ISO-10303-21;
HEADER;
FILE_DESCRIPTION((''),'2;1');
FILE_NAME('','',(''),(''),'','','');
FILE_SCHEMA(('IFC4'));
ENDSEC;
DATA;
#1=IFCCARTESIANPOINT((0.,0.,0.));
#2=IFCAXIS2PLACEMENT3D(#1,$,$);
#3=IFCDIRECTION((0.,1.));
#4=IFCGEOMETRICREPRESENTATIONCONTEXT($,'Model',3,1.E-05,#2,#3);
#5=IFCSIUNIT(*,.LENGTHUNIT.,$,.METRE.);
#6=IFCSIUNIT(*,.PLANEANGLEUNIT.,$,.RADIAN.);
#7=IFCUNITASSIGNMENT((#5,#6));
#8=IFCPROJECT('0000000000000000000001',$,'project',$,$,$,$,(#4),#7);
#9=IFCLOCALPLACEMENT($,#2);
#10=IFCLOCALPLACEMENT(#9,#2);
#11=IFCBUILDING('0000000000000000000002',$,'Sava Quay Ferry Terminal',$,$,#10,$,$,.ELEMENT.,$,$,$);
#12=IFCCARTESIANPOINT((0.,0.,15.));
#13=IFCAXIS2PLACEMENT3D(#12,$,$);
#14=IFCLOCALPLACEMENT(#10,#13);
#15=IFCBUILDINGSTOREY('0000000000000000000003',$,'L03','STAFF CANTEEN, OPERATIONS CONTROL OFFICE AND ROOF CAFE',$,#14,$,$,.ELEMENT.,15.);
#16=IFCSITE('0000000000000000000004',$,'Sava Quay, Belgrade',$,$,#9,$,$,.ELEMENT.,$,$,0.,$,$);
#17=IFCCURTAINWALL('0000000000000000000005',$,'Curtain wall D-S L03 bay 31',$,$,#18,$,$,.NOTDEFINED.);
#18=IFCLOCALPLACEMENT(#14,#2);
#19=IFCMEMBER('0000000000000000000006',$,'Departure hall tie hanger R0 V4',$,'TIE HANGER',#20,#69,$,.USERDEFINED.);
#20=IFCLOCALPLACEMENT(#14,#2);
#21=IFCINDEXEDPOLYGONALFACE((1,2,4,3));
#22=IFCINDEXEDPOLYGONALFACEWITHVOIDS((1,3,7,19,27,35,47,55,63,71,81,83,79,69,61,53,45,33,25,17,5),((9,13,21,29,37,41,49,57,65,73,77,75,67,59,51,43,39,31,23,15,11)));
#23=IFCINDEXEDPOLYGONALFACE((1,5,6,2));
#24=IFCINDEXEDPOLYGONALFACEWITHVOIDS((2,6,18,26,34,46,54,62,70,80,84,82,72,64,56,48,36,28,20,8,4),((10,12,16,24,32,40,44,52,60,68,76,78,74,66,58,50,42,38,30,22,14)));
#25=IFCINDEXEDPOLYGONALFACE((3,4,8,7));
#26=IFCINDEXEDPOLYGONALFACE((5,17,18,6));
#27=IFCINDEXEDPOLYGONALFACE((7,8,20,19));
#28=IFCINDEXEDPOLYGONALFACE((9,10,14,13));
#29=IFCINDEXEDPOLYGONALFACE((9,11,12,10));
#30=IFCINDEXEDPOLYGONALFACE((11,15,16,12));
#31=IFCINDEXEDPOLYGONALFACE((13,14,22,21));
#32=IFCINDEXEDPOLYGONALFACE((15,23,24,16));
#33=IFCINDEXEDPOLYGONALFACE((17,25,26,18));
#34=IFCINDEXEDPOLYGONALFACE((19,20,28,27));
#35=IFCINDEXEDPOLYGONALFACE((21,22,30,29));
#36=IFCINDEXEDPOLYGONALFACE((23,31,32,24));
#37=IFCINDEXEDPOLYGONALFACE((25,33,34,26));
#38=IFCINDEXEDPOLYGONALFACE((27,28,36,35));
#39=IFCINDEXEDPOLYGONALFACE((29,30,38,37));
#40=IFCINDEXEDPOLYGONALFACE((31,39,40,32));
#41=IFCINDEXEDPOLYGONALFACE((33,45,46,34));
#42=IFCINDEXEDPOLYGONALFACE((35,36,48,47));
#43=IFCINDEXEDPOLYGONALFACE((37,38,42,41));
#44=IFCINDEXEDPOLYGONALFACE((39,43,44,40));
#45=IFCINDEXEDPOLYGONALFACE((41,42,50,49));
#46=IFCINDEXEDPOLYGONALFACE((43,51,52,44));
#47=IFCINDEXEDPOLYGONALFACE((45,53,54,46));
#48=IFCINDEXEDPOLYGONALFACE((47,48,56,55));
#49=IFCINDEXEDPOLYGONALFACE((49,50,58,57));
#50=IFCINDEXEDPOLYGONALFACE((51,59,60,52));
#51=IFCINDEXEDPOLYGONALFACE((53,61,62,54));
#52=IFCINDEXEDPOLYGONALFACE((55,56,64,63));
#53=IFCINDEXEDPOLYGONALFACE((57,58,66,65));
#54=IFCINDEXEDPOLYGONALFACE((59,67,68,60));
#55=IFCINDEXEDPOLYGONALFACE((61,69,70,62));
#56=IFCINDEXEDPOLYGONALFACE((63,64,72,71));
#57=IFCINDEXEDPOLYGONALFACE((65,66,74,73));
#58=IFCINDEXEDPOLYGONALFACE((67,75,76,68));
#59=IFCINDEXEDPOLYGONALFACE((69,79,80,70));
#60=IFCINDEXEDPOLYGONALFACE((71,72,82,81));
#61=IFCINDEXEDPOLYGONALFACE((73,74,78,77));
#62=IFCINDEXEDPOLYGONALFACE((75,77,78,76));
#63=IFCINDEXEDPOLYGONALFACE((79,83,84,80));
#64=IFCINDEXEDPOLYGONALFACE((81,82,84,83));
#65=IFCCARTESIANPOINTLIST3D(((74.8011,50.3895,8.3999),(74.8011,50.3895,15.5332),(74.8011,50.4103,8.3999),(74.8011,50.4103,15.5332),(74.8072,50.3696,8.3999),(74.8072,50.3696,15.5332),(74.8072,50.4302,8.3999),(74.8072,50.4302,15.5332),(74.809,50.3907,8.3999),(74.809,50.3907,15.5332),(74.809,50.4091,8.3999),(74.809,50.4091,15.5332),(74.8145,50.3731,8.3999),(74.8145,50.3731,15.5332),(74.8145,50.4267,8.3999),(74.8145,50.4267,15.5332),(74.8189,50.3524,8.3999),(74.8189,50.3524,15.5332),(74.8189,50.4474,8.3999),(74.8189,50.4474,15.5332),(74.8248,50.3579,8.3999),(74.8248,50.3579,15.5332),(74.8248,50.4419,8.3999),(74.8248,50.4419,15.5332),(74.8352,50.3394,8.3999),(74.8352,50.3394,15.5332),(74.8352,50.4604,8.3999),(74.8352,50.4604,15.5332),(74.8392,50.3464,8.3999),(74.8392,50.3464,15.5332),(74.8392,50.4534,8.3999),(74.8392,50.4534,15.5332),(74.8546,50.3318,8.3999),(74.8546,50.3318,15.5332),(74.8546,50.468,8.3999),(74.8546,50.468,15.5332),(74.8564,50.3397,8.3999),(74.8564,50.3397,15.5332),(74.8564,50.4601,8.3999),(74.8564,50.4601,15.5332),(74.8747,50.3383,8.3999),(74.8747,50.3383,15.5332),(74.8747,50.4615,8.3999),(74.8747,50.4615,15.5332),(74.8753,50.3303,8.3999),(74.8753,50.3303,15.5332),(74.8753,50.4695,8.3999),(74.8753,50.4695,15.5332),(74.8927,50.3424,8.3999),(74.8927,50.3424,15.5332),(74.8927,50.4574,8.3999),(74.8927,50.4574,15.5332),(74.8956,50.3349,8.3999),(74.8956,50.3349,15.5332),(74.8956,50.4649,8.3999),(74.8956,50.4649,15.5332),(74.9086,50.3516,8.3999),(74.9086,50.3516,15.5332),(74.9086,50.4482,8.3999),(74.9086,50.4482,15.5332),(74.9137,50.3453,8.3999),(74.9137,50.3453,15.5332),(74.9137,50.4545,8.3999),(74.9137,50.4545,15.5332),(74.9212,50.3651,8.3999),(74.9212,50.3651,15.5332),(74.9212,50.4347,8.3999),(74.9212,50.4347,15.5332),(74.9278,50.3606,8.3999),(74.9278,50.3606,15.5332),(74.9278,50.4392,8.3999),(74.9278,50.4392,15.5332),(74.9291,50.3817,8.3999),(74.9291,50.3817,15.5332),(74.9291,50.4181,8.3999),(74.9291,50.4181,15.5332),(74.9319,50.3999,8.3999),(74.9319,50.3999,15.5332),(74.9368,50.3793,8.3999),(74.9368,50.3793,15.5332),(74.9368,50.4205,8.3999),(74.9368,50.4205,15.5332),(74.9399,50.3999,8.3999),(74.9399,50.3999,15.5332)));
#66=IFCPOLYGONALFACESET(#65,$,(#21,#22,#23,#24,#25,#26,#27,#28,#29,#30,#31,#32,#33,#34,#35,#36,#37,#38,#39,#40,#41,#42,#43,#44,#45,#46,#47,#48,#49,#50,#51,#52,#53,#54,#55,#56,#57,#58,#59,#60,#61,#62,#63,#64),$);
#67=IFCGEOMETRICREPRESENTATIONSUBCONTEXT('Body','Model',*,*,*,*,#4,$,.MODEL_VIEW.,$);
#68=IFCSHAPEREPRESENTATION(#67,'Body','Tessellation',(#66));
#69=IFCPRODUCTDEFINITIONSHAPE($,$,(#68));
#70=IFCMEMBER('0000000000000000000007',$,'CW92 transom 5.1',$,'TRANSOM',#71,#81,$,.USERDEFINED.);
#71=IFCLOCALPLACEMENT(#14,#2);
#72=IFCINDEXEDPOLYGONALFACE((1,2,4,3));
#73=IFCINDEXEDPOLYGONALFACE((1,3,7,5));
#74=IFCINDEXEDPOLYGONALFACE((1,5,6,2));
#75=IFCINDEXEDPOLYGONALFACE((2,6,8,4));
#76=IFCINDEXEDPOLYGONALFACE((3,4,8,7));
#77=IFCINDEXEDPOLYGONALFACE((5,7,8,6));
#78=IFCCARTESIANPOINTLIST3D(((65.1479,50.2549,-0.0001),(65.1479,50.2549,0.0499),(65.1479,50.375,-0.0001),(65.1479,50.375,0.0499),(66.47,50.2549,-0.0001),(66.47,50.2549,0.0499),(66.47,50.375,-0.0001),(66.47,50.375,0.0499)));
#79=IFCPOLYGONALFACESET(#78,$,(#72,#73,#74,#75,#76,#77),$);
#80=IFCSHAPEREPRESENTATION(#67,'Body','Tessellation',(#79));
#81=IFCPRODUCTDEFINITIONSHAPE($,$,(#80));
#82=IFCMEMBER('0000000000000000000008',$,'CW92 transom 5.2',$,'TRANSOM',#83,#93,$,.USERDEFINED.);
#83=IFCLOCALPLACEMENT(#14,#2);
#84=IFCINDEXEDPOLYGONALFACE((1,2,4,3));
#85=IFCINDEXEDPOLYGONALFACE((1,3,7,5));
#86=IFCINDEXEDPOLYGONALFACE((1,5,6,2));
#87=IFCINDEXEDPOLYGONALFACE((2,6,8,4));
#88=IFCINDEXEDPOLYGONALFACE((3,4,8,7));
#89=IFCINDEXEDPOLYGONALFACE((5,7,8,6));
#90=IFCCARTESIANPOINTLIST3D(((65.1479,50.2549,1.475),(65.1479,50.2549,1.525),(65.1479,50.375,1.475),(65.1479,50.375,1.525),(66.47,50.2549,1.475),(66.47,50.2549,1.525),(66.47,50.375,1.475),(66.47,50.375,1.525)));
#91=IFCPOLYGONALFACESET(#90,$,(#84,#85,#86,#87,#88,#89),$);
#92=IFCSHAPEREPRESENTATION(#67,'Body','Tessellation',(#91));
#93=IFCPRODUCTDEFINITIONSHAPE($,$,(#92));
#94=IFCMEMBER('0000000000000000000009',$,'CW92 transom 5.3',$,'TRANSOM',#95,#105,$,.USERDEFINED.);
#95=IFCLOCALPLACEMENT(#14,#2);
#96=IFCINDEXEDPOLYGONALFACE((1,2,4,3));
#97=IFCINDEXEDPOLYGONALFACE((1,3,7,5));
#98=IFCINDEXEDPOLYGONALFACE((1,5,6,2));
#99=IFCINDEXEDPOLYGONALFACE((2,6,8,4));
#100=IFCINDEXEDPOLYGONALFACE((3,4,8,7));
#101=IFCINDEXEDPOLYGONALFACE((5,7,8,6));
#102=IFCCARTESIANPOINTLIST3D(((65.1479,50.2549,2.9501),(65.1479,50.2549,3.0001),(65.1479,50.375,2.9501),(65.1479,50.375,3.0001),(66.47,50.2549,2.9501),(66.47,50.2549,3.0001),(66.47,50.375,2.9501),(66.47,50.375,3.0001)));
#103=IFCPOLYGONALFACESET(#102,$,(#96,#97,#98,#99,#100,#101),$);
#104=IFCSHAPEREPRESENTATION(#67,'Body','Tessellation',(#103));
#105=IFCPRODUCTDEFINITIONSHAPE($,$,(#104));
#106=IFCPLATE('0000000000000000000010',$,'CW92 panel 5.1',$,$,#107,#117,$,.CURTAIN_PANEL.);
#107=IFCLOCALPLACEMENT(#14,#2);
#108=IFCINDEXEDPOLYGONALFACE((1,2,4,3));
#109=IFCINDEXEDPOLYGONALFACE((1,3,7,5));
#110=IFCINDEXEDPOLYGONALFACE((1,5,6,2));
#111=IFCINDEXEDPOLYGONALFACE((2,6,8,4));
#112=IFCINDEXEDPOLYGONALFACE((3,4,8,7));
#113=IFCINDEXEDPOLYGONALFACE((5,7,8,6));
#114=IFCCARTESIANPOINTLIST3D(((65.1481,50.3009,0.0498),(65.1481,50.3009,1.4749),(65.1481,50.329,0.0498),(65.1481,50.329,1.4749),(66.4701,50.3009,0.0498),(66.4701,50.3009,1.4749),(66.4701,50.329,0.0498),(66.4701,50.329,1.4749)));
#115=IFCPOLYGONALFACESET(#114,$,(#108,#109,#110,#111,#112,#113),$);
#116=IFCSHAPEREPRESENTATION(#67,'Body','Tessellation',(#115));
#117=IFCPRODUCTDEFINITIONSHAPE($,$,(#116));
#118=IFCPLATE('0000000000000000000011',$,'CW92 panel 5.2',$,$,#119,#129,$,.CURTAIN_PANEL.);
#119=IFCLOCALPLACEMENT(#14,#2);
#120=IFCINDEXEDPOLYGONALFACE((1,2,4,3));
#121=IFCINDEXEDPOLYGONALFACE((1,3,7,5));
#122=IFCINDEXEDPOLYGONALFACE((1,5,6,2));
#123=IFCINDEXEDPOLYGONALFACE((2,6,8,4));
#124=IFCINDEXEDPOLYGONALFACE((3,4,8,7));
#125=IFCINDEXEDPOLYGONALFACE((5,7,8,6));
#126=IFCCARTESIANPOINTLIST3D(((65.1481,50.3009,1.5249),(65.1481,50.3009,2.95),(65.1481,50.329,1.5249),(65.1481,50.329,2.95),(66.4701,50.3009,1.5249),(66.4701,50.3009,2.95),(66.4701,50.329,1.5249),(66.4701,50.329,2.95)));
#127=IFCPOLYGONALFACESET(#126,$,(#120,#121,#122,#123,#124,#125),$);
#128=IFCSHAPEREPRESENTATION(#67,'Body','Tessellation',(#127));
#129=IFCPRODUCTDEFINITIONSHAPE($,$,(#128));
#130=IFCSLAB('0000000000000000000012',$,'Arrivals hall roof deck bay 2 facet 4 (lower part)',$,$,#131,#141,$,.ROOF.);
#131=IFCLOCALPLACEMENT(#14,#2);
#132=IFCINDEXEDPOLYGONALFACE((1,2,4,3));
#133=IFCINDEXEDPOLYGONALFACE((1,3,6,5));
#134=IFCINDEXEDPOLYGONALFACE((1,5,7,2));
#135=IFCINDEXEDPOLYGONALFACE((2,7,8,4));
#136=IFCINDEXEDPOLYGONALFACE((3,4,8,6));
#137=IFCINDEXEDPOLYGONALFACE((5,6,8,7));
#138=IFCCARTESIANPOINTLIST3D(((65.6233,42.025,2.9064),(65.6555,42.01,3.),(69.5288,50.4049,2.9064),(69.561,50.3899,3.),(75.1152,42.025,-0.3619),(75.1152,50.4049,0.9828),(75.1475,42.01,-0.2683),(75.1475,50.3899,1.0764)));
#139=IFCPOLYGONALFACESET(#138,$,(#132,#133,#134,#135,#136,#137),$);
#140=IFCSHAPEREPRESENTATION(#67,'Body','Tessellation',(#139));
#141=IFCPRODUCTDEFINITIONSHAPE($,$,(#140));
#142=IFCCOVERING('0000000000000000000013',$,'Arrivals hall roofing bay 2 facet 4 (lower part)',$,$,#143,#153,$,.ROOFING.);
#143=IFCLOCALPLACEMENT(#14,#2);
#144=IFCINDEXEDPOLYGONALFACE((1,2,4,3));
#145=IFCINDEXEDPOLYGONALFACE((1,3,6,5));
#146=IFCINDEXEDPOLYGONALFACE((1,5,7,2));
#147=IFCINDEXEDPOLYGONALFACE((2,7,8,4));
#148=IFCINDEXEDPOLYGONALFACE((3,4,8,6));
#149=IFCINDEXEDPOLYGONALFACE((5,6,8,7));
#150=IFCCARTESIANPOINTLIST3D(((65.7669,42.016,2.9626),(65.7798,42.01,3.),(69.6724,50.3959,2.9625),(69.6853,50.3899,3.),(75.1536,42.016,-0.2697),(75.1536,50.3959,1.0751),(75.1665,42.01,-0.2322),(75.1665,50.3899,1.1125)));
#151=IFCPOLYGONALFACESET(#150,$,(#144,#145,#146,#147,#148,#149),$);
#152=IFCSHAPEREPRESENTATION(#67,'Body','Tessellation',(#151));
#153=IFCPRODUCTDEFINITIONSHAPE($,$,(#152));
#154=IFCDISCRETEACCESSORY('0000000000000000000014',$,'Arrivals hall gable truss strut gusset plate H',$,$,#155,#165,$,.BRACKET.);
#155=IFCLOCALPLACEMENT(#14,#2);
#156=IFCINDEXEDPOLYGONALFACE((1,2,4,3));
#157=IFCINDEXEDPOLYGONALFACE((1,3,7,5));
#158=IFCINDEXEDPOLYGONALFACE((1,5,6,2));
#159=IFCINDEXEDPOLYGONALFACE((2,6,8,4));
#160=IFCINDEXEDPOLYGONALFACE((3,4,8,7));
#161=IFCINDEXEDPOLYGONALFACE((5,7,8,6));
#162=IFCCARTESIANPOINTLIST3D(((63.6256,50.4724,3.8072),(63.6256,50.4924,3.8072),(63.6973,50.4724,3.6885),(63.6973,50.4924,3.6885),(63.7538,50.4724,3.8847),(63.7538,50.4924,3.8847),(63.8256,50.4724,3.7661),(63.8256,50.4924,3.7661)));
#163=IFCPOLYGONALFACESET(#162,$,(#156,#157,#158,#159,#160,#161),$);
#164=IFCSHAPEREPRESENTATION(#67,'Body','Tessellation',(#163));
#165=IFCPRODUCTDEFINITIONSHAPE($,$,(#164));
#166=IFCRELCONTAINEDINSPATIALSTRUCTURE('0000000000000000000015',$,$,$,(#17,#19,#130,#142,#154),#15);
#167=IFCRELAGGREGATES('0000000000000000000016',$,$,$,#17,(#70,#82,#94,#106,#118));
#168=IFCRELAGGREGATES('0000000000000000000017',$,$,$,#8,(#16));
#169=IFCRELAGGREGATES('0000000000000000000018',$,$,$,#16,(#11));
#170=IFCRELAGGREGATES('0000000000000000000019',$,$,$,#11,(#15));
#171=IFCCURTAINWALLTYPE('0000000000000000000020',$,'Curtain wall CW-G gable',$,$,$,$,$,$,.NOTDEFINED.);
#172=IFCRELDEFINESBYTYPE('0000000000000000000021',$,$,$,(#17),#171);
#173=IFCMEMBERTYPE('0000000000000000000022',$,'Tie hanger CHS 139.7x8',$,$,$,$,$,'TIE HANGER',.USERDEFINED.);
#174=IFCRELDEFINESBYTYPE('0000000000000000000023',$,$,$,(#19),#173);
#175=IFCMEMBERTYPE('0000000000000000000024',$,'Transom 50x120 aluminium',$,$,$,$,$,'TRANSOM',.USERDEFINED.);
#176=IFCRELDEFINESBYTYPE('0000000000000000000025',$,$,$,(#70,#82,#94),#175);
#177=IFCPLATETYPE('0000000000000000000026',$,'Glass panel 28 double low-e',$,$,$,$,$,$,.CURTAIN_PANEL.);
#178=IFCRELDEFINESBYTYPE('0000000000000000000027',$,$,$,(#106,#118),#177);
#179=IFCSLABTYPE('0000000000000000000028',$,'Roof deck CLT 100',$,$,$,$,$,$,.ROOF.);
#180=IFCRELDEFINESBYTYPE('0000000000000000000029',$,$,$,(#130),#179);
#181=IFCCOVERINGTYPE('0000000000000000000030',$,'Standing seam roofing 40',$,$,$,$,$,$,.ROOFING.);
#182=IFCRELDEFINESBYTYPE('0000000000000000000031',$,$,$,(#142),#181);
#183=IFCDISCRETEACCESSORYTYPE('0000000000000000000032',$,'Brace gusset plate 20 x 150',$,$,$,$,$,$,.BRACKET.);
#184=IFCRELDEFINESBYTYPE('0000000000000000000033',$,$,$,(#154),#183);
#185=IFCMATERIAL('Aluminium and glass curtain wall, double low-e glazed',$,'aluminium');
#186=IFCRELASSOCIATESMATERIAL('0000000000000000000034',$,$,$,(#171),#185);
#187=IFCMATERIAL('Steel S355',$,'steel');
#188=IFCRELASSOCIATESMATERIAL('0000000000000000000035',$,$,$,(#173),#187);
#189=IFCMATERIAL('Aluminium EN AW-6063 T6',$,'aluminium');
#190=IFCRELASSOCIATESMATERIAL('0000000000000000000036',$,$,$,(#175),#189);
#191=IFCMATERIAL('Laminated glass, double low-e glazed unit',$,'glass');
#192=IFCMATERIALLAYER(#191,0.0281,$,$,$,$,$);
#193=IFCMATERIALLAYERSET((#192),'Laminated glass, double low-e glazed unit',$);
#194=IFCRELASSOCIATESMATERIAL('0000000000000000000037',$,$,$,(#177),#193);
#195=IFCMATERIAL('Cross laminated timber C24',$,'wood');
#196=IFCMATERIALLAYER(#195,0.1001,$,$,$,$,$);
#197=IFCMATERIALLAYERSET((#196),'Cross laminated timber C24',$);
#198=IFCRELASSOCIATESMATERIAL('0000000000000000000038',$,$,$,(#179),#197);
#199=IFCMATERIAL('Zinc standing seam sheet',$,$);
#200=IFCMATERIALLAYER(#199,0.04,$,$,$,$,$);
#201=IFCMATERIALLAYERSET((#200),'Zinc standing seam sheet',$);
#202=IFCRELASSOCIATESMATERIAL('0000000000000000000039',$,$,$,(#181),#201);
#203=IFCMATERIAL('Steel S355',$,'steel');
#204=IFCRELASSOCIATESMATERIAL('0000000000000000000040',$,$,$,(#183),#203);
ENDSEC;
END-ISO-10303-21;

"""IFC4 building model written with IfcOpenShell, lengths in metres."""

from ifc_helpers import new_model, si_unit, direction, frame, origin, origin_2d, place, context, subcontext, project, spatial, polyline, rectangle, hollow_circle, outline, extrude, material, layer, layer_set, material_profile, profile_set, type_object, element, aggregate, save


model = new_model("IFC4")

# Units and contexts
model_context = context("Model", 3, precision=1e-05, world=origin(), true_north=direction((0.0, 1.0)))
body_context = subcontext(model_context, "Body", "Model", "MODEL_VIEW")
ifc_project = project(units=[si_unit("LENGTHUNIT", "METRE"), si_unit("PLANEANGLEUNIT", "RADIAN")], contexts=[model_context])

# Site, building, storey
site_placement = place(None, origin())
site = spatial("IfcSite", under=ifc_project, at=site_placement, Name="Sava Quay, Belgrade", CompositionType="ELEMENT", RefElevation=0.0)
building_placement = place(site_placement, origin())
building = spatial("IfcBuilding", under=site, at=building_placement, Name="Sava Quay Ferry Terminal", CompositionType="ELEMENT")
storey_placement = place(building_placement, frame((0.0, 0.0, 15.0)))
storey = spatial("IfcBuildingStorey", under=building, at=storey_placement, Name="L03", Description="STAFF CANTEEN, OPERATIONS CONTROL OFFICE AND ROOF CAFE", CompositionType="ELEMENT", Elevation=15.0)

# Curtain wall
ifc_material_1 = material(Name="Aluminium and glass curtain wall, double low-e glazed", Category="aluminium")
curtain_wall_type = type_object("IfcCurtainWallType", Name="Curtain wall CW-G gable", PredefinedType="NOTDEFINED", material=ifc_material_1)
curtain_wall_placement = place(storey_placement, origin())
curtain_wall = element("IfcCurtainWall", 1, at=curtain_wall_placement, inside=storey, type_object=curtain_wall_type, Name="Curtain wall D-S L03 bay 31", PredefinedType="NOTDEFINED")

# Member
ifc_material_2 = material(Name="Steel S355", Category="steel")
ifc_material_profile_1 = material_profile(ifc_material_2, hollow_circle(Radius=0.0698, WallThickness=0.0081, at=origin_2d()), Name="CHS 139.7 x 8.0")
ifc_profile_set_1 = profile_set([ifc_material_profile_1], Name="Steel S355")
member_type_1 = type_object("IfcMemberType", Name="Tie hanger CHS 139.7x8", ElementType="TIE HANGER", PredefinedType="USERDEFINED", material=ifc_profile_set_1)
member_1_placement = place(storey_placement, frame((74.8701, 50.3999, 8.3999), z_axis=(0.0, 0.0, 1.0), x_axis=(1.0, 0.0, 0.0)))
element("IfcMember", 2, at=member_1_placement, inside=storey, type_object=member_type_1, Name="Departure hall tie hanger R0 V4", ObjectType="TIE HANGER", PredefinedType="USERDEFINED", context=body_context, shape_type="SweptSolid", body=[
    extrude(hollow_circle(Radius=0.0698, WallThickness=0.0081, at=origin_2d()), origin(), (0.0, 0.0, 1.0), 7.1333),
])

# Members
ifc_material_3 = material(Name="Aluminium EN AW-6063 T6", Category="aluminium")
ifc_material_profile_2 = material_profile(ifc_material_3, rectangle(XDim=0.1201, YDim=0.05, at=origin_2d()), Name="Transom 50x120 aluminium")
ifc_profile_set_2 = profile_set([ifc_material_profile_2], Name="Aluminium EN AW-6063 T6")
member_type_2 = type_object("IfcMemberType", Name="Transom 50x120 aluminium", ElementType="TRANSOM", PredefinedType="USERDEFINED", material=ifc_profile_set_2)
member_2_placement = place(storey_placement, frame((65.1479, 50.3149, 0.0249), z_axis=(1.0, 0.0, 0.0), x_axis=(0.0, 1.0, 0.0)))
member_2 = element("IfcMember", 3, at=member_2_placement, type_object=member_type_2, Name="CW92 transom 5.1", ObjectType="TRANSOM", PredefinedType="USERDEFINED", context=body_context, shape_type="SweptSolid", body=[
    extrude(rectangle(XDim=0.1201, YDim=0.05, at=origin_2d()), origin(), (0.0, 0.0, 1.0), 1.322),
])
member_3_placement = place(storey_placement, frame((65.1479, 50.3149, 1.5), z_axis=(1.0, 0.0, 0.0), x_axis=(0.0, 1.0, 0.0)))
member_3 = element("IfcMember", 4, at=member_3_placement, type_object=member_type_2, Name="CW92 transom 5.2", ObjectType="TRANSOM", PredefinedType="USERDEFINED", context=body_context, shape_type="SweptSolid", body=[
    extrude(rectangle(XDim=0.1201, YDim=0.05, at=origin_2d()), origin(), (0.0, 0.0, 1.0), 1.322),
])
member_4_placement = place(storey_placement, frame((65.1479, 50.3149, 2.9751), z_axis=(1.0, 0.0, 0.0), x_axis=(0.0, 1.0, 0.0)))
member_4 = element("IfcMember", 5, at=member_4_placement, type_object=member_type_2, Name="CW92 transom 5.3", ObjectType="TRANSOM", PredefinedType="USERDEFINED", context=body_context, shape_type="SweptSolid", body=[
    extrude(rectangle(XDim=0.1201, YDim=0.05, at=origin_2d()), origin(), (0.0, 0.0, 1.0), 1.322),
])

# Plates
ifc_material_4 = material(Name="Laminated glass, double low-e glazed unit", Category="glass")
ifc_layer_1 = layer(ifc_material_4, 0.0281)
ifc_layer_set_1 = layer_set([ifc_layer_1], Name="Laminated glass, double low-e glazed unit")
plate_type = type_object("IfcPlateType", Name="Glass panel 28 double low-e", PredefinedType="CURTAIN_PANEL", material=ifc_layer_set_1)
plate_1_placement = place(storey_placement, frame((65.8091, 50.3149, 0.0498), z_axis=(0.0, 0.0, 1.0), x_axis=(1.0, 0.0, 0.0)))
plate_1 = element("IfcPlate", 6, at=plate_1_placement, type_object=plate_type, Name="CW92 panel 5.1", PredefinedType="CURTAIN_PANEL", context=body_context, shape_type="SweptSolid", body=[
    extrude(rectangle(XDim=1.322, YDim=0.0281, at=origin_2d()), origin(), (0.0, 0.0, 1.0), 1.425),
])
plate_2_placement = place(storey_placement, frame((65.8091, 50.3149, 1.5249), z_axis=(0.0, 0.0, 1.0), x_axis=(1.0, 0.0, 0.0)))
plate_2 = element("IfcPlate", 7, at=plate_2_placement, type_object=plate_type, Name="CW92 panel 5.2", PredefinedType="CURTAIN_PANEL", context=body_context, shape_type="SweptSolid", body=[
    extrude(rectangle(XDim=1.322, YDim=0.0281, at=origin_2d()), origin(), (0.0, 0.0, 1.0), 1.425),
])
aggregate(curtain_wall, [member_2, member_3, member_4, plate_1, plate_2])

# Slab
ifc_material_5 = material(Name="Cross laminated timber C24", Category="wood")
ifc_layer_2 = layer(ifc_material_5, 0.1001)
ifc_layer_set_2 = layer_set([ifc_layer_2], Name="Cross laminated timber C24")
slab_type = type_object("IfcSlabType", Name="Roof deck CLT 100", PredefinedType="ROOF", material=ifc_layer_set_2)
slab_placement = place(storey_placement, frame((75.1475, 50.3899, 1.0764), z_axis=(0.321884, -0.150014, 0.934819), x_axis=(-0.000001, -0.987368, -0.158446)))
element("IfcSlab", 8, at=slab_placement, inside=storey, type_object=slab_type, Name="Arrivals hall roof deck bay 2 facet 4 (lower part)", PredefinedType="ROOF", context=body_context, shape_type="SweptSolid", body=[
    extrude(outline(polyline([(0.0, 0.0), (8.4871, 0.0), (7.9692, -10.0255), (-0.3048, -5.9005), (0.0, 0.0)])), origin(), (0.0, 0.0, -1.0), 0.1001),
])

# Covering
ifc_material_6 = material(Name="Zinc standing seam sheet")
ifc_layer_3 = layer(ifc_material_6, 0.04)
ifc_layer_set_3 = layer_set([ifc_layer_3], Name="Zinc standing seam sheet")
covering_type = type_object("IfcCoveringType", Name="Standing seam roofing 40", PredefinedType="ROOFING", material=ifc_layer_set_3)
covering_placement = place(storey_placement, frame((75.1665, 50.3899, 1.1125), z_axis=(0.321895, -0.150016, 0.934815), x_axis=(-0.000002, -0.987367, -0.158449)))
element("IfcCovering", 9, at=covering_placement, inside=storey, type_object=covering_type, Name="Arrivals hall roofing bay 2 facet 4 (lower part)", PredefinedType="ROOFING", context=body_context, shape_type="SweptSolid", body=[
    extrude(outline(polyline([(0.0, 0.0), (8.4871, 0.0), (7.975, -9.9144), (-0.2991, -5.7894), (0.0, 0.0)])), origin(), (0.0, 0.0, -1.0), 0.04),
])

# Discrete accessory
ifc_material_7 = material(Name="Steel S355", Category="steel")
ifc_material_profile_3 = material_profile(ifc_material_7, rectangle(XDim=0.1499, YDim=0.02, at=origin_2d()), Name="Plate 150 x 20")
ifc_profile_set_3 = profile_set([ifc_material_profile_3], Name="Steel S355")
discrete_accessory_type_1 = type_object("IfcDiscreteAccessoryType", Name="Brace gusset plate 20 x 150", PredefinedType="BRACKET", material=ifc_profile_set_3)
discrete_accessory_placement = place(storey_placement, frame((63.7615, 50.4824, 3.7273), z_axis=(-0.517599, 0.0, 0.855623), x_axis=(0.855623, 0.0, 0.517599)))
element("IfcDiscreteAccessory", 10, at=discrete_accessory_placement, inside=storey, type_object=discrete_accessory_type_1, Name="Arrivals hall gable truss strut gusset plate H", PredefinedType="BRACKET", context=body_context, shape_type="SweptSolid", body=[
    extrude(rectangle(XDim=0.1499, YDim=0.02, at=origin_2d()), origin(), (0.0, 0.0, 1.0), 0.1387),
])

save(model, "model.ifc")
